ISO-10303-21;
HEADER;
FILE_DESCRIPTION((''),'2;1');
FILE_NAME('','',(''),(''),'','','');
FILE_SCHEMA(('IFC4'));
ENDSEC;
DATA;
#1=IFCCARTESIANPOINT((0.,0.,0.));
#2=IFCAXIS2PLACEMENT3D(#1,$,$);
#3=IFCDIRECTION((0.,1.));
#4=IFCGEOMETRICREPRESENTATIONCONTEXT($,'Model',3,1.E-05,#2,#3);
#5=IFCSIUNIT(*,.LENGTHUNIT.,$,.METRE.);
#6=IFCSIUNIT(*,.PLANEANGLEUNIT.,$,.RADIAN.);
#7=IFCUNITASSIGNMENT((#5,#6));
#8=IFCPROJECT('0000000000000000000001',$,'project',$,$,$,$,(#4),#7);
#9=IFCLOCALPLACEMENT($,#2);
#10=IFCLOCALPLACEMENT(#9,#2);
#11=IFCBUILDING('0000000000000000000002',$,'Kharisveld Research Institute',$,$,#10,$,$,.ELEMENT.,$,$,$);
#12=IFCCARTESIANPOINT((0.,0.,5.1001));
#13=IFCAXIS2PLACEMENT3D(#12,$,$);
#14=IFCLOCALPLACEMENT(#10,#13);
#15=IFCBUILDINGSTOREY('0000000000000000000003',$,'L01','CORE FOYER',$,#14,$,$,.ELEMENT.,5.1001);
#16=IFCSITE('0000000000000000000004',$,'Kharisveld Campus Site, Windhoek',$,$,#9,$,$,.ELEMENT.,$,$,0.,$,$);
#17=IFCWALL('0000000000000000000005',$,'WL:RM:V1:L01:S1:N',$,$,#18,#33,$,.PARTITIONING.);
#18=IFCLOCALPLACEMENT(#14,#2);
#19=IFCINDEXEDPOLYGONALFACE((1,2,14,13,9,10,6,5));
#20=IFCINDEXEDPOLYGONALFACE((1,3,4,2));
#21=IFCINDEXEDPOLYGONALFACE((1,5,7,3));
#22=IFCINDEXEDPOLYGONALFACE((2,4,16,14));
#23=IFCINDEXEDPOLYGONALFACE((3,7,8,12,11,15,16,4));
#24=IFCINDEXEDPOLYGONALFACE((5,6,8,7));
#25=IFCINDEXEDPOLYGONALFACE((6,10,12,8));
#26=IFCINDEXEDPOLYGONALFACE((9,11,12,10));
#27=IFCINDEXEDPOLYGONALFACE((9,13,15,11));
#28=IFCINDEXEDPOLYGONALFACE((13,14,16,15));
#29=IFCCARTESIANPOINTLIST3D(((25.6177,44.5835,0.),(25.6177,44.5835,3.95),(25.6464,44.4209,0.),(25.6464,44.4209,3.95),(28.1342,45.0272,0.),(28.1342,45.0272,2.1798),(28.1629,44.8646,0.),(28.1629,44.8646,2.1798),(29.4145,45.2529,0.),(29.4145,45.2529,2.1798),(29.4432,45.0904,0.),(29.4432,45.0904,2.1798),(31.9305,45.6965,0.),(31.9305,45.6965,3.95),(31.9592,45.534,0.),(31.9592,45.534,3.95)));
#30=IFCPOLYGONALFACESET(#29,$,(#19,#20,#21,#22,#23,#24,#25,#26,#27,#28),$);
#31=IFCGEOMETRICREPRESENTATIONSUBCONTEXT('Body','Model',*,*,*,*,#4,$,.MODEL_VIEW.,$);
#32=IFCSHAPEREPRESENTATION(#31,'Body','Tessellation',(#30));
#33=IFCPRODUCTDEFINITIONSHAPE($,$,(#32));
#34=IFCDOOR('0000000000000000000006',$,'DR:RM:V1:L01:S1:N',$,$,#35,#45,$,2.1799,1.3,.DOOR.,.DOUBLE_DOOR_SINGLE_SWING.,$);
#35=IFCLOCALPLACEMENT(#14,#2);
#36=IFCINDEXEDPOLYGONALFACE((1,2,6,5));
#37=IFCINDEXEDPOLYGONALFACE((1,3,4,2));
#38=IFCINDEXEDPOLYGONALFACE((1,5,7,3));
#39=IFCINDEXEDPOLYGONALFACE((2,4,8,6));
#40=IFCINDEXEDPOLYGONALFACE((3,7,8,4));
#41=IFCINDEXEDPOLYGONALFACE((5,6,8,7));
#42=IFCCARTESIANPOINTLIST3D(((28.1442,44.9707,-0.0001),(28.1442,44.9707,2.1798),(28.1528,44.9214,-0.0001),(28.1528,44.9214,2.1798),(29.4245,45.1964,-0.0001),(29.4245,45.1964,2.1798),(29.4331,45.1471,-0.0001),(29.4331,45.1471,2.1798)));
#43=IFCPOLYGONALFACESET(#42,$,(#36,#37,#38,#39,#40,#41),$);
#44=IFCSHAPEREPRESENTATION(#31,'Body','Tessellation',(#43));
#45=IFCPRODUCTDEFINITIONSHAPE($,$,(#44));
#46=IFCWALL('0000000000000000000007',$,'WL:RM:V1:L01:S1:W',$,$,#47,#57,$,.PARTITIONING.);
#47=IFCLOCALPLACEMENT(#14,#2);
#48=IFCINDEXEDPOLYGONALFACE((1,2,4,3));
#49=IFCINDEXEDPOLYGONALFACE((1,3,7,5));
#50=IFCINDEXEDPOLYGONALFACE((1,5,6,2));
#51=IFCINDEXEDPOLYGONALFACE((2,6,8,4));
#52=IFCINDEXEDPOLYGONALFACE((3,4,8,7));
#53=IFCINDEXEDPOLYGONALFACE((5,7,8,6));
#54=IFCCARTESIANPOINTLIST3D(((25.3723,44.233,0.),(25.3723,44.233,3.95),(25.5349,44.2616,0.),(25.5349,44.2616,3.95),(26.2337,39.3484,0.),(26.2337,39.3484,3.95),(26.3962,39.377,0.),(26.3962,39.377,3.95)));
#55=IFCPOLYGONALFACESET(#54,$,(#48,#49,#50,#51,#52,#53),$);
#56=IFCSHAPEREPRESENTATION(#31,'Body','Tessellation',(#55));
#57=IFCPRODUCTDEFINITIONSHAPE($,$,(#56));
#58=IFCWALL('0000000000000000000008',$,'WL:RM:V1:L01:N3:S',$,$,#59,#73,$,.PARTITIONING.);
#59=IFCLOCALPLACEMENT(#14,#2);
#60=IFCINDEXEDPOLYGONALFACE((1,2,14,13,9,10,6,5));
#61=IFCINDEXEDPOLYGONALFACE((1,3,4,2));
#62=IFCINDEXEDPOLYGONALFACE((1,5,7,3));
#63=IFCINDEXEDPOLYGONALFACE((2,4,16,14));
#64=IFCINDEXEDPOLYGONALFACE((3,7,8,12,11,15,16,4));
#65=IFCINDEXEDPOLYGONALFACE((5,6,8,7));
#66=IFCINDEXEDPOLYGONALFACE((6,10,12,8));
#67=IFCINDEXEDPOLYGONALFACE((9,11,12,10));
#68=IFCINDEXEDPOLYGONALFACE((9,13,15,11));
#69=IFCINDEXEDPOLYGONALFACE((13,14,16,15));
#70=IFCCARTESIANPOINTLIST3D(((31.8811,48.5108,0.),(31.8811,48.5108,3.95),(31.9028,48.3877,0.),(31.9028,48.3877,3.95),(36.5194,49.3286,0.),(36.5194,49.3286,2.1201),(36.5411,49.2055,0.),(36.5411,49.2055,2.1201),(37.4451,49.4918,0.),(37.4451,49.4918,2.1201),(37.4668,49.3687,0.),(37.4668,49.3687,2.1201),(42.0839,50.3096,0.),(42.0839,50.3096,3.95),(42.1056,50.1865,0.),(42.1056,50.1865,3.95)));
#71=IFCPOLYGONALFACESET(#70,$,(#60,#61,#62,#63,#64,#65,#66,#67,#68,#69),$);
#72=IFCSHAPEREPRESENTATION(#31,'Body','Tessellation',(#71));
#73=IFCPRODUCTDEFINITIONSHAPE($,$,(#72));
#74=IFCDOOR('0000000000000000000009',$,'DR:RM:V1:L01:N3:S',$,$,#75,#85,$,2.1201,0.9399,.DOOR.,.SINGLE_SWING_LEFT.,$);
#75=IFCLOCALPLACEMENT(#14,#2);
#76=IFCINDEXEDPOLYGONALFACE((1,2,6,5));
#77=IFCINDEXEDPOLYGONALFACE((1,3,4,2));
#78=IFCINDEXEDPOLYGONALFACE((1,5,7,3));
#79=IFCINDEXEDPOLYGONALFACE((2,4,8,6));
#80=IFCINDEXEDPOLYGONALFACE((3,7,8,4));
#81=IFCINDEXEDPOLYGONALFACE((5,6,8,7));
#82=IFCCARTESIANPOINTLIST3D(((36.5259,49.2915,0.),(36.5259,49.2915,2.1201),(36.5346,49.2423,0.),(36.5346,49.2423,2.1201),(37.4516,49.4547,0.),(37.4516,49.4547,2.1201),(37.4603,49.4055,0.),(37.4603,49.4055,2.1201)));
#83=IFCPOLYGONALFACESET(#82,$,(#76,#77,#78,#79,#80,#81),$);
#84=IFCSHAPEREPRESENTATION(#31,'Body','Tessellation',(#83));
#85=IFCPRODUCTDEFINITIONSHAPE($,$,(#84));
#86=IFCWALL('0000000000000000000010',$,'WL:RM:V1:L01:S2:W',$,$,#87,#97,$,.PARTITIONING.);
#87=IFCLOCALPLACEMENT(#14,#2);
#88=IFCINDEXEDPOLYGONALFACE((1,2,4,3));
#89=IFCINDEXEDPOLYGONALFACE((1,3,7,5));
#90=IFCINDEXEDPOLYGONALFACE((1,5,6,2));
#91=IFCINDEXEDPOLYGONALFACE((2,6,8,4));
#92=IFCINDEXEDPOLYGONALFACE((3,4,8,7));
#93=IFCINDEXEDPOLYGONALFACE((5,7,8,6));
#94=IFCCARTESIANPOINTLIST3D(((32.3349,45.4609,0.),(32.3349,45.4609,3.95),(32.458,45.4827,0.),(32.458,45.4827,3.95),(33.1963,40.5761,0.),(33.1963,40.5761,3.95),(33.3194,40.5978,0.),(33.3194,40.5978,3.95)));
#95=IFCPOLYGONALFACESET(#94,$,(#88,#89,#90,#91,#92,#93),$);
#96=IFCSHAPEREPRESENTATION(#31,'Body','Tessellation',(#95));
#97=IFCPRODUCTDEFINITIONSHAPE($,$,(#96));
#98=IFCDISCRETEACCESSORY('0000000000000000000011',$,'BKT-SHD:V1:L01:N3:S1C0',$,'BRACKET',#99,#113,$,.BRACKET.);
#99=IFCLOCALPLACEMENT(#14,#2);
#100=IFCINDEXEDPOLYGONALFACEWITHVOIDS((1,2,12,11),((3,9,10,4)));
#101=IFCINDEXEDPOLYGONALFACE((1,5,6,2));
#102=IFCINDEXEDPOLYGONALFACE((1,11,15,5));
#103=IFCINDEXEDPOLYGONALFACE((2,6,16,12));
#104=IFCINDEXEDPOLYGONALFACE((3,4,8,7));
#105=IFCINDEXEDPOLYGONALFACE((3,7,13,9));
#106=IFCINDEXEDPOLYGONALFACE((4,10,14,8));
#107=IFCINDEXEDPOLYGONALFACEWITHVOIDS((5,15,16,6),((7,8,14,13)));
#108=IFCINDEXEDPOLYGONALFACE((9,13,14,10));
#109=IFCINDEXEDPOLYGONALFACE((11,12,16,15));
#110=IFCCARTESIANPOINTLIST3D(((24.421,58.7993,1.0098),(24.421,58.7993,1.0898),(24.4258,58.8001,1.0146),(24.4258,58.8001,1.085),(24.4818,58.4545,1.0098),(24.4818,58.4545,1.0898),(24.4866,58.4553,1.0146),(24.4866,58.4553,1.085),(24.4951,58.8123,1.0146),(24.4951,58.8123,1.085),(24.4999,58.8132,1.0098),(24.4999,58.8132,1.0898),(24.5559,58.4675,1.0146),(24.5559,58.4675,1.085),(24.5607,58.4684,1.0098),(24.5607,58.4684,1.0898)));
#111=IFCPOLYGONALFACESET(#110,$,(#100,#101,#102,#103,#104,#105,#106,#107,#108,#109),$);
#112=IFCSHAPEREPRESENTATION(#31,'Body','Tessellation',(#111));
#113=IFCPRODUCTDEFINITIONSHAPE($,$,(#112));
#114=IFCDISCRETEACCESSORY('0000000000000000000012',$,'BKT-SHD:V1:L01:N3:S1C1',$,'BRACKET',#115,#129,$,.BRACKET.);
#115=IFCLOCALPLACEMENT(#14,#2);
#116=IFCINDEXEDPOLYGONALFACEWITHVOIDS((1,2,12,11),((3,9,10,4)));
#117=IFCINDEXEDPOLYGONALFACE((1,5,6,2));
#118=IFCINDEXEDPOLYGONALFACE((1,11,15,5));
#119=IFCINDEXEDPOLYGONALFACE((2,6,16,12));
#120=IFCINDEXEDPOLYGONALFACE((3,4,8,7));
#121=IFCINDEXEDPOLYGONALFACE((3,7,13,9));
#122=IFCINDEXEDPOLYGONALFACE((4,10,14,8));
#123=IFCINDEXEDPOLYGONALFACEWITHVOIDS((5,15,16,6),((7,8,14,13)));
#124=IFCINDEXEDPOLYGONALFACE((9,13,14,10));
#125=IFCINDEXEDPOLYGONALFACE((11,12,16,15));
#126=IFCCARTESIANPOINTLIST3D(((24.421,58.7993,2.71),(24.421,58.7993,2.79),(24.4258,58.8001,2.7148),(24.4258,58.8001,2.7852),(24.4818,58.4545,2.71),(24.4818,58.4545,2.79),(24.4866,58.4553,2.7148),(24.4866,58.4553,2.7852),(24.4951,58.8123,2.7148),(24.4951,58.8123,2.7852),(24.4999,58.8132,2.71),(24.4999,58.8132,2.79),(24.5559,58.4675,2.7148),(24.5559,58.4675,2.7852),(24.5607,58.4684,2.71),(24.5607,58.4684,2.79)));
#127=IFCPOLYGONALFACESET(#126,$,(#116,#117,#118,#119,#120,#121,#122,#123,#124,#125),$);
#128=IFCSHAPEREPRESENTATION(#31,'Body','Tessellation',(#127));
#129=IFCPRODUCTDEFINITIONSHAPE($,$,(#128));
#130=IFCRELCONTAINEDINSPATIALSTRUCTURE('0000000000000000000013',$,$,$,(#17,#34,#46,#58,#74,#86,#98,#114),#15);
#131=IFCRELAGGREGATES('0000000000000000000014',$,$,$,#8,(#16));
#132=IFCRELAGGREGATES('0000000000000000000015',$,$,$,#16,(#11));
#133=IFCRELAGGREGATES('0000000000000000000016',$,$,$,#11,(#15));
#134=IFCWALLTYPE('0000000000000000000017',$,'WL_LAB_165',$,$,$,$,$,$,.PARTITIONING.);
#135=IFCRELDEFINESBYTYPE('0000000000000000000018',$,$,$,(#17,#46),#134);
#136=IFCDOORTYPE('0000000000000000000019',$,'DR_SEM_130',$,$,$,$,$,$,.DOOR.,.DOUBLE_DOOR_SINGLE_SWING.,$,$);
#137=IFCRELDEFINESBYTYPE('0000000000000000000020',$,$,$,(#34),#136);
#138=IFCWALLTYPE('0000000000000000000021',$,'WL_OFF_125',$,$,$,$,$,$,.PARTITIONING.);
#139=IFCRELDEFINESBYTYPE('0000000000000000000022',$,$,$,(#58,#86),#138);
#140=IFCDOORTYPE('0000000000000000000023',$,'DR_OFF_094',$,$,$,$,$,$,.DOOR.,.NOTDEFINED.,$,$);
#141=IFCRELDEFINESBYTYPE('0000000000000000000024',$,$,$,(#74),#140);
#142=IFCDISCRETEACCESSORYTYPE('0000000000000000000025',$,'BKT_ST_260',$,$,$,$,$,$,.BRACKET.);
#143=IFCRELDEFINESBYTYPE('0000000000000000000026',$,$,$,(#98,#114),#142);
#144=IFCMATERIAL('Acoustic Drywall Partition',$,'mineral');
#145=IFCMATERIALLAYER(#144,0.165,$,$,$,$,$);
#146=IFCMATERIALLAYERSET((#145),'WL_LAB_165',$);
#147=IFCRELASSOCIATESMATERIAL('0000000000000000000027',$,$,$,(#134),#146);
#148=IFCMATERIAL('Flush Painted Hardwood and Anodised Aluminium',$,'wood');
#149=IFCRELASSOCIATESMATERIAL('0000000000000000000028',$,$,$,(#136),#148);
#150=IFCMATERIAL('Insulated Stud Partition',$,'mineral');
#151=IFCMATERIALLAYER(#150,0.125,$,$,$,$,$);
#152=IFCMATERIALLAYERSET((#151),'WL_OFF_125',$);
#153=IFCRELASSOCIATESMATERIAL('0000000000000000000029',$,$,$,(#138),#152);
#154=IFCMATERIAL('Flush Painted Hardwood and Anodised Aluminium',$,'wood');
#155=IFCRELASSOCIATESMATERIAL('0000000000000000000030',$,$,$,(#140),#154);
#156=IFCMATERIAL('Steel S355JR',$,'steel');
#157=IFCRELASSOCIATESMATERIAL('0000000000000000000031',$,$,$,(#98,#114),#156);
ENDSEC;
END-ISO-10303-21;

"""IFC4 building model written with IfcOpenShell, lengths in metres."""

from ifc_helpers import new_model, si_unit, direction, frame, frame_2d, origin, origin_2d, place, context, subcontext, project, spatial, rectangle, hollow_rectangle, extrude, material, layer, layer_set, type_object, element, fill, save


model = new_model("IFC4")

# Units and contexts
model_context = context("Model", 3, precision=1e-05, world=origin(), true_north=direction((0.0, 1.0)))
body_context = subcontext(model_context, "Body", "Model", "MODEL_VIEW")
ifc_project = project(units=[si_unit("LENGTHUNIT", "METRE"), si_unit("PLANEANGLEUNIT", "RADIAN")], contexts=[model_context])

# Site, building, storey
site_placement = place(None, origin())
site = spatial("IfcSite", under=ifc_project, at=site_placement, Name="Kharisveld Campus Site, Windhoek", CompositionType="ELEMENT", RefElevation=0.0)
building_placement = place(site_placement, origin())
building = spatial("IfcBuilding", under=site, at=building_placement, Name="Kharisveld Research Institute", CompositionType="ELEMENT")
storey_placement = place(building_placement, frame((0.0, 0.0, 5.1001)))
storey = spatial("IfcBuildingStorey", under=building, at=storey_placement, Name="L01", Description="CORE FOYER", CompositionType="ELEMENT", Elevation=5.1001)

# Shared definitions
ifc_material_1 = material(Name="Acoustic Drywall Partition", Category="mineral")
ifc_layer_1 = layer(ifc_material_1, 0.165)
ifc_layer_set_1 = layer_set([ifc_layer_1], Name="WL_LAB_165")
wall_type_1 = type_object("IfcWallType", Name="WL_LAB_165", PredefinedType="PARTITIONING", material=ifc_layer_set_1)

# Wall, opening, door
wall_1_placement = place(storey_placement, frame((31.9448, 45.6152, 0.0), z_axis=(0.0, 0.0, 1.0), x_axis=(-0.98481, -0.173638, 0.0)))
wall_1 = element("IfcWall", 1, at=wall_1_placement, inside=storey, type_object=wall_type_1, Name="WL:RM:V1:L01:S1:N", PredefinedType="PARTITIONING", context=body_context, shape_type="SweptSolid", body=[
    extrude(rectangle(XDim=6.4102, YDim=0.165, at=frame_2d((3.2051, 0.0))), origin(), (0.0, 0.0, 1.0), 3.95),
])
opening_1_placement = place(wall_1_placement, frame((2.5549, 0.0, 0.0)))
opening_1 = element("IfcOpeningElement", 2, at=opening_1_placement, cuts=wall_1, PredefinedType="OPENING", context=body_context, shape_type="SweptSolid", body=[
    extrude(rectangle(XDim=1.3, YDim=2.1799, at=frame_2d((0.6499, 1.0898))), frame((0.0, 0.0825, 0.0), z_axis=(0.0, -1.0, 0.0), x_axis=(1.0, 0.0, 0.0)), (0.0, 0.0, 1.0), 0.165),
])
ifc_material_2 = material(Name="Flush Painted Hardwood and Anodised Aluminium", Category="wood")
door_type_1 = type_object("IfcDoorType", Name="DR_SEM_130", OperationType="DOUBLE_DOOR_SINGLE_SWING", PredefinedType="DOOR", material=ifc_material_2)
door_1_placement = place(opening_1_placement, origin())
door_1 = element("IfcDoor", 3, at=door_1_placement, inside=storey, type_object=door_type_1, Name="DR:RM:V1:L01:S1:N", OperationType="DOUBLE_DOOR_SINGLE_SWING", OverallHeight=2.1799, OverallWidth=1.3, PredefinedType="DOOR", context=body_context, shape_type="SweptSolid", body=[
    extrude(rectangle(XDim=1.3, YDim=2.1799, at=frame_2d((0.6499, 1.0898))), frame((0.0, 0.0249, 0.0), z_axis=(0.0, -1.0, 0.0), x_axis=(1.0, 0.0, 0.0)), (0.0, 0.0, 1.0), 0.05),
])
fill(opening_1, door_1)

# Wall
wall_2_placement = place(storey_placement, frame((25.4536, 44.2473, 0.0), z_axis=(0.0, 0.0, 1.0), x_axis=(0.173659, -0.984806, 0.0)))
element("IfcWall", 4, at=wall_2_placement, inside=storey, type_object=wall_type_1, Name="WL:RM:V1:L01:S1:W", PredefinedType="PARTITIONING", context=body_context, shape_type="SweptSolid", body=[
    extrude(rectangle(XDim=4.96, YDim=0.165, at=frame_2d((2.48, 0.0))), origin(), (0.0, 0.0, 1.0), 3.95),
])

# Wall, opening, door
ifc_material_3 = material(Name="Insulated Stud Partition", Category="mineral")
ifc_layer_2 = layer(ifc_material_3, 0.125)
ifc_layer_set_2 = layer_set([ifc_layer_2], Name="WL_OFF_125")
wall_type_2 = type_object("IfcWallType", Name="WL_OFF_125", PredefinedType="PARTITIONING", material=ifc_layer_set_2)
wall_3_placement = place(storey_placement, frame((31.8918, 48.4492, 0.0), z_axis=(0.0, 0.0, 1.0), x_axis=(0.984811, 0.173632, 0.0)))
wall_3 = element("IfcWall", 5, at=wall_3_placement, inside=storey, type_object=wall_type_2, Name="WL:RM:V1:L01:N3:S", PredefinedType="PARTITIONING", context=body_context, shape_type="SweptSolid", body=[
    extrude(rectangle(XDim=10.3601, YDim=0.125, at=frame_2d((5.1802, 0.0))), origin(), (0.0, 0.0, 1.0), 3.95),
])
opening_2_placement = place(wall_3_placement, frame((4.71, 0.0, 0.0)))
opening_2 = element("IfcOpeningElement", 6, at=opening_2_placement, cuts=wall_3, PredefinedType="OPENING", context=body_context, shape_type="SweptSolid", body=[
    extrude(rectangle(XDim=0.9399, YDim=2.1201, at=frame_2d((0.47, 1.0601))), frame((0.0, 0.0625, 0.0), z_axis=(0.0, -1.0, 0.0), x_axis=(1.0, 0.0, 0.0)), (0.0, 0.0, 1.0), 0.125),
])
ifc_material_4 = material(Name="Flush Painted Hardwood and Anodised Aluminium", Category="wood")
door_type_2 = type_object("IfcDoorType", Name="DR_OFF_094", OperationType="NOTDEFINED", PredefinedType="DOOR", material=ifc_material_4)
door_2_placement = place(opening_2_placement, origin())
door_2 = element("IfcDoor", 7, at=door_2_placement, inside=storey, type_object=door_type_2, Name="DR:RM:V1:L01:N3:S", OperationType="SINGLE_SWING_LEFT", OverallHeight=2.1201, OverallWidth=0.9399, PredefinedType="DOOR", context=body_context, shape_type="SweptSolid", body=[
    extrude(rectangle(XDim=0.9399, YDim=2.1201, at=frame_2d((0.47, 1.0601))), frame((0.0, 0.0249, 0.0), z_axis=(0.0, -1.0, 0.0), x_axis=(1.0, 0.0, 0.0)), (0.0, 0.0, 1.0), 0.05),
])
fill(opening_2, door_2)

# Wall
wall_4_placement = place(storey_placement, frame((32.3965, 45.4717, 0.0), z_axis=(0.0, 0.0, 1.0), x_axis=(0.173651, -0.984807, 0.0)))
element("IfcWall", 8, at=wall_4_placement, inside=storey, type_object=wall_type_2, Name="WL:RM:V1:L01:S2:W", PredefinedType="PARTITIONING", context=body_context, shape_type="SweptSolid", body=[
    extrude(rectangle(XDim=4.9602, YDim=0.125, at=frame_2d((2.48, 0.0))), origin(), (0.0, 0.0, 1.0), 3.95),
])

# Discrete accessories
ifc_material_5 = material(Name="Steel S355JR", Category="steel")
discrete_accessory_type = type_object("IfcDiscreteAccessoryType", Name="BKT_ST_260", PredefinedType="BRACKET")
for number, where, z_axis, x_axis, name in (
    (9, (24.5212, 58.4614, 1.0498), (-0.173666, 0.984805, 0.0), (-0.984805, -0.173666, 0.0), "BKT-SHD:V1:L01:N3:S1C0"),
    (10, (24.5212, 58.4614, 2.75), (-0.173666, 0.984805, 0.0), (-0.984805, -0.173666, 0.0), "BKT-SHD:V1:L01:N3:S1C1"),
):
    element("IfcDiscreteAccessory", number, at=place(storey_placement, frame(where, z_axis=z_axis, x_axis=x_axis)), inside=storey, type_object=discrete_accessory_type, material=ifc_material_5, Name=name, ObjectType="BRACKET", PredefinedType="BRACKET", context=body_context, shape_type="SweptSolid", body=[
        extrude(hollow_rectangle(XDim=0.0801, YDim=0.0801, WallThickness=0.0049, at=origin_2d()), origin(), (0.0, 0.0, 1.0), 0.3501),
    ])

save(model, "model.ifc")
